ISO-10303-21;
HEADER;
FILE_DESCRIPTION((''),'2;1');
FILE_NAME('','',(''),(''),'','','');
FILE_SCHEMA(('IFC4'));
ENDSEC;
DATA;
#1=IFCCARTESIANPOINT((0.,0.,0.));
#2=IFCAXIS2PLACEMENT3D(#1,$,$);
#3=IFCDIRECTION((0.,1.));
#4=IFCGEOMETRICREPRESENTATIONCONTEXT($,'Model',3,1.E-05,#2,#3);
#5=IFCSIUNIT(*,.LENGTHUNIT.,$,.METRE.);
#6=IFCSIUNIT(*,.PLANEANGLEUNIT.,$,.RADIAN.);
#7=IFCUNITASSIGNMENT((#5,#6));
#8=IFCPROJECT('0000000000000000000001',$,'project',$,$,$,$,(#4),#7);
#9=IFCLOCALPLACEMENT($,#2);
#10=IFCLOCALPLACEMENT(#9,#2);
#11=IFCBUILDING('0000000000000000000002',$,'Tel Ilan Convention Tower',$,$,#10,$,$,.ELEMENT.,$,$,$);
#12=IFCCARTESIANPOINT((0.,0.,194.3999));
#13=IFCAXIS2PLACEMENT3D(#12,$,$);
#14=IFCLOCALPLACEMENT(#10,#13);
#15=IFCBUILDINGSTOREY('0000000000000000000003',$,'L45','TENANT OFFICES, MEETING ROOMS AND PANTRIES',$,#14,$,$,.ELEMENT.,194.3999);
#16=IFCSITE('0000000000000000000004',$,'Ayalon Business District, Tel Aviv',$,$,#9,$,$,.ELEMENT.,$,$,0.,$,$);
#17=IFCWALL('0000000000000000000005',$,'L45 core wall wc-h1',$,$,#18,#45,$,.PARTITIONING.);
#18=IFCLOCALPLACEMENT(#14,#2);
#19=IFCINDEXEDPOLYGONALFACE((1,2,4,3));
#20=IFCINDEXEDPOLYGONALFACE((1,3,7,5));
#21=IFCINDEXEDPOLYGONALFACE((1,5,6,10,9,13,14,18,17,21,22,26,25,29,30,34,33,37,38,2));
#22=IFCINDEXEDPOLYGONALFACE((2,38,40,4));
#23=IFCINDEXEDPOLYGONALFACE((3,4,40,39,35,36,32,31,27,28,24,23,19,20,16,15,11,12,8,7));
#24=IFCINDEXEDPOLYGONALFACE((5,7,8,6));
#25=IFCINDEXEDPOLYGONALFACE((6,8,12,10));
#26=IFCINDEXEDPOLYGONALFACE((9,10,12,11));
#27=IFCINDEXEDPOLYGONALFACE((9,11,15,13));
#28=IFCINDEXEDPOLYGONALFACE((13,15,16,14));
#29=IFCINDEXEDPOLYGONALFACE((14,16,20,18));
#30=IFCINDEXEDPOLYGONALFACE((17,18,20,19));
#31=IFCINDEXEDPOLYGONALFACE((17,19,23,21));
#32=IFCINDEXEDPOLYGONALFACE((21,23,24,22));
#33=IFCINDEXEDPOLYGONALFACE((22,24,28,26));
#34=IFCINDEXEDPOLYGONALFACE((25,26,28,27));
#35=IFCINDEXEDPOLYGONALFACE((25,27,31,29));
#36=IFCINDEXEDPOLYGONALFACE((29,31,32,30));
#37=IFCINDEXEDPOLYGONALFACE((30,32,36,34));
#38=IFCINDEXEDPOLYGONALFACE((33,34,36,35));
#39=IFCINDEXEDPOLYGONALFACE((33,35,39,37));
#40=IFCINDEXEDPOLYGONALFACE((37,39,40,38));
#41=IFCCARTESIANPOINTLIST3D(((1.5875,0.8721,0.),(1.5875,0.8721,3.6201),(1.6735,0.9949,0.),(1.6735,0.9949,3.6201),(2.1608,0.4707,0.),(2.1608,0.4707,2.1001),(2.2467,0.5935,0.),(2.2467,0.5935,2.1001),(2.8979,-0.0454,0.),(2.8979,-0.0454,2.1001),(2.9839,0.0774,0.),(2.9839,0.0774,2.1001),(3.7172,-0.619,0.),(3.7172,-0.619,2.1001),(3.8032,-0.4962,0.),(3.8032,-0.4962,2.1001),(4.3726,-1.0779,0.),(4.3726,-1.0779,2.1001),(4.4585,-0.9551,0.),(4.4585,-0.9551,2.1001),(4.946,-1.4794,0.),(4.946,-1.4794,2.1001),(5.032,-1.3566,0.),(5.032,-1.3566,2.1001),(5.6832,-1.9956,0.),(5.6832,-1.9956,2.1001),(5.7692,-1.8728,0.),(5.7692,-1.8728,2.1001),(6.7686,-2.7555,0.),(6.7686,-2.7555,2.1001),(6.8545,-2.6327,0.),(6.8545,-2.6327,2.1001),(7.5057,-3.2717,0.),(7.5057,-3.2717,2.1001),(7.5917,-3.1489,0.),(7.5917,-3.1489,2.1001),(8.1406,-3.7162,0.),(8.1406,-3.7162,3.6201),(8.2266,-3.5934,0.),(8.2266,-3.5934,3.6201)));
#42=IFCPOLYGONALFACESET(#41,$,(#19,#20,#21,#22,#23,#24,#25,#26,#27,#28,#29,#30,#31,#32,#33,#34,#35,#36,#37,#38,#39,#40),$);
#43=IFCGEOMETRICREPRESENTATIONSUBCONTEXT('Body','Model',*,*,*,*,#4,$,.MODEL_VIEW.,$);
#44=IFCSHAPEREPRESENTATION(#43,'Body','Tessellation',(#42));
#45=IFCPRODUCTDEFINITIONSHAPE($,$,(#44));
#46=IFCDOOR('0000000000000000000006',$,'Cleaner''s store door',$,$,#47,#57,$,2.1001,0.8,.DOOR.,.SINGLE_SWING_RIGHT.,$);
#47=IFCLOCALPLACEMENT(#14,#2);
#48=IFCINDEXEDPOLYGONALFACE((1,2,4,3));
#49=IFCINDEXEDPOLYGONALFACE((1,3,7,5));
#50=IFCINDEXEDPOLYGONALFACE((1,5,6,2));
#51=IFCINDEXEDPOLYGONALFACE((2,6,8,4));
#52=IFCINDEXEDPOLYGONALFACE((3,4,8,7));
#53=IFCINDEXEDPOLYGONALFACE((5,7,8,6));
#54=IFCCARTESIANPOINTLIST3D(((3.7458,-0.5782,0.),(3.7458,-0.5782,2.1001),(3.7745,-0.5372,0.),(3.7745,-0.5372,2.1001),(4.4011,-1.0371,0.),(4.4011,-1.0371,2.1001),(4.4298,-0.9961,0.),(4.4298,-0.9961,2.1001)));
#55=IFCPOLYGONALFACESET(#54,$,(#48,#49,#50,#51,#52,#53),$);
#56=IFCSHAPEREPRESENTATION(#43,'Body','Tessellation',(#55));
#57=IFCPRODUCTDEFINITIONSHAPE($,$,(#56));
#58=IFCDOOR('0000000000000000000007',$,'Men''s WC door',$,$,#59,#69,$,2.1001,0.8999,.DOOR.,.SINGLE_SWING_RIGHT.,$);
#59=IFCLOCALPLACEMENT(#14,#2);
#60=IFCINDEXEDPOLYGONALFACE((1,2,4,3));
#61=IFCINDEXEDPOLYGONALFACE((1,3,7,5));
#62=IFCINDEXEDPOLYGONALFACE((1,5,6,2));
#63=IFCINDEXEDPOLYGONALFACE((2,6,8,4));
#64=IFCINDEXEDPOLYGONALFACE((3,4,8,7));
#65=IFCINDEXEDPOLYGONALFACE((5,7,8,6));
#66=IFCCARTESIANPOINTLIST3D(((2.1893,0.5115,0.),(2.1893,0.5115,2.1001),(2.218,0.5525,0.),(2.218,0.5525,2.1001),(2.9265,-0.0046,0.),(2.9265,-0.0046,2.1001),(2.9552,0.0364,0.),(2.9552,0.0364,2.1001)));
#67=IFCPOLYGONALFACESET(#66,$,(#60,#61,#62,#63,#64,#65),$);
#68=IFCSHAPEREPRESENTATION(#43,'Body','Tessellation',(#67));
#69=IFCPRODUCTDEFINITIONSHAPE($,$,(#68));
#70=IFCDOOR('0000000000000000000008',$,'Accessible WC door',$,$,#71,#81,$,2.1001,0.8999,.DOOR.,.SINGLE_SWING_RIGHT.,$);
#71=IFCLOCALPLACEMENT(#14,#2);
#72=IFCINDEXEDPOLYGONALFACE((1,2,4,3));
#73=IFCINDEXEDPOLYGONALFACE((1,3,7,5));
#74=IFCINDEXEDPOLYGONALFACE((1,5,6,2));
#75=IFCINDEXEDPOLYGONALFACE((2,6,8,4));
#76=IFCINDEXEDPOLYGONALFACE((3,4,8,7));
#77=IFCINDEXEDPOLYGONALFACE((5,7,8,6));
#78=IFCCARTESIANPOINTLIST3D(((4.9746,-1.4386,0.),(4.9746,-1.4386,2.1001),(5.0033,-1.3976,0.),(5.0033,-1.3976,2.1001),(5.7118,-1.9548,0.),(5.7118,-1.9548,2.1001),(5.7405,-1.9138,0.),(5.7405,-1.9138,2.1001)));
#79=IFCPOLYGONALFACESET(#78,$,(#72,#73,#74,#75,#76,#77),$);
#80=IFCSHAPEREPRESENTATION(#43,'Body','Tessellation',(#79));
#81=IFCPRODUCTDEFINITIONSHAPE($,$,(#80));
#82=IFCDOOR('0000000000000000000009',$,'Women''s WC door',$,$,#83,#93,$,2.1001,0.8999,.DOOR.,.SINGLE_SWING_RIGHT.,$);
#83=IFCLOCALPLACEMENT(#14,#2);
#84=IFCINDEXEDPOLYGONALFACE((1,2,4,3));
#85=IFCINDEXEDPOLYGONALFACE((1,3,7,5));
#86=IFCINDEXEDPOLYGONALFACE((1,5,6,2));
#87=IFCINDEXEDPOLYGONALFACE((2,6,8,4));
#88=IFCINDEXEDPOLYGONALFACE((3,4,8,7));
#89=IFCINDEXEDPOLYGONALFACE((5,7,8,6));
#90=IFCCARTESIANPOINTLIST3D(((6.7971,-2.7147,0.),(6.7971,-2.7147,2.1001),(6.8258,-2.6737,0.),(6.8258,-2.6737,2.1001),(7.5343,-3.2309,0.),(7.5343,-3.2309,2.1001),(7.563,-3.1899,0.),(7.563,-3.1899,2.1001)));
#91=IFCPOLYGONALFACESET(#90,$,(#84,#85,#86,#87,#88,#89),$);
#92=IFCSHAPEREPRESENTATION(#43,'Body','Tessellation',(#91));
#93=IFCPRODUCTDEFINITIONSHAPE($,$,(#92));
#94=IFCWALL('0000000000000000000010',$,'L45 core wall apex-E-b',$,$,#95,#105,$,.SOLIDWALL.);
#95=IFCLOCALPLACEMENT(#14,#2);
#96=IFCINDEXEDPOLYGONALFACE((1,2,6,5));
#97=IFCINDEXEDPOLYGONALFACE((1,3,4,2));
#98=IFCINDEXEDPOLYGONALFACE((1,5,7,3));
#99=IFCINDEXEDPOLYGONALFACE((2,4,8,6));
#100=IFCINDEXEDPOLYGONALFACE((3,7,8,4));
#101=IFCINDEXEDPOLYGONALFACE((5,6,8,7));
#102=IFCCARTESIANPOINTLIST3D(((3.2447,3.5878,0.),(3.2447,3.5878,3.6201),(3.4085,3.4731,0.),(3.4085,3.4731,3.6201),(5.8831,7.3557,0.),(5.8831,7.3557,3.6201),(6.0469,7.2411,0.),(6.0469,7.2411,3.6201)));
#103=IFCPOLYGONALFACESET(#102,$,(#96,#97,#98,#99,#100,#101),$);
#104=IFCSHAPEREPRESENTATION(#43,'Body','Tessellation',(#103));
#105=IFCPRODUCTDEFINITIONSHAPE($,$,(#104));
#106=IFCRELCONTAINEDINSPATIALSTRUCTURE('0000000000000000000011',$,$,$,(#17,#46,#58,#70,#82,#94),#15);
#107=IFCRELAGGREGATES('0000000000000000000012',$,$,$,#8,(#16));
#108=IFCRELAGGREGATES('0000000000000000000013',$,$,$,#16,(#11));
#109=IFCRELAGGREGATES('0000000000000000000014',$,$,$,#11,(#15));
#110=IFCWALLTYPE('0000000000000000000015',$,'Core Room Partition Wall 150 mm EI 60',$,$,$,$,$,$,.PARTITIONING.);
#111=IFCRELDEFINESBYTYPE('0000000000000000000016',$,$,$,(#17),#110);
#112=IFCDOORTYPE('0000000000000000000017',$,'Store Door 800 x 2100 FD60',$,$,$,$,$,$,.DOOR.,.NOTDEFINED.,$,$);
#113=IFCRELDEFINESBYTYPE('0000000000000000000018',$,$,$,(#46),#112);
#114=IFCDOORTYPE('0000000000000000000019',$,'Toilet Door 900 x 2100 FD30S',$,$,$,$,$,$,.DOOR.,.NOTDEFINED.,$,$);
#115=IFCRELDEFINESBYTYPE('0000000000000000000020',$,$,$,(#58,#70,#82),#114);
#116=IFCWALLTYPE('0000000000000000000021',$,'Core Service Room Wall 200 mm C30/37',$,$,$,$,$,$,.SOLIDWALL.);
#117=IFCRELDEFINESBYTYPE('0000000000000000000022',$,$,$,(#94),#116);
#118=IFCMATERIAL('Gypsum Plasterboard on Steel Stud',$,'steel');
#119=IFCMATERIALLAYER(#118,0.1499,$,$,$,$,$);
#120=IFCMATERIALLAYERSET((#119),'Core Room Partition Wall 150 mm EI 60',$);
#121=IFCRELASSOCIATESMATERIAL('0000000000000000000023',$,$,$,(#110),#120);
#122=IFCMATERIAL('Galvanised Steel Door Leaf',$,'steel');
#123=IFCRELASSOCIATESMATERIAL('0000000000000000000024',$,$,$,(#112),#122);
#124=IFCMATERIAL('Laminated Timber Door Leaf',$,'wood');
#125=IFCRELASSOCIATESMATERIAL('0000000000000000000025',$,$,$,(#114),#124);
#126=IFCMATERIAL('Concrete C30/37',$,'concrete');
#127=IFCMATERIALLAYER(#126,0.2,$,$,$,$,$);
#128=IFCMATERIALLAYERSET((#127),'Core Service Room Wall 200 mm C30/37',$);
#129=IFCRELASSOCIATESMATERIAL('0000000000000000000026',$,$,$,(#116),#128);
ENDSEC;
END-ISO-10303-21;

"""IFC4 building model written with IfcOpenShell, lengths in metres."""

from ifc_helpers import new_model, si_unit, direction, frame, frame_2d, origin, place, context, subcontext, project, spatial, rectangle, extrude, material, layer, layer_set, type_object, element, fill, save


model = new_model("IFC4")

# Units and contexts
model_context = context("Model", 3, precision=1e-05, world=origin(), true_north=direction((0.0, 1.0)))
body_context = subcontext(model_context, "Body", "Model", "MODEL_VIEW")
ifc_project = project(units=[si_unit("LENGTHUNIT", "METRE"), si_unit("PLANEANGLEUNIT", "RADIAN")], contexts=[model_context])

# Site, building, storey
site_placement = place(None, origin())
site = spatial("IfcSite", under=ifc_project, at=site_placement, Name="Ayalon Business District, Tel Aviv", CompositionType="ELEMENT", RefElevation=0.0)
building_placement = place(site_placement, origin())
building = spatial("IfcBuilding", under=site, at=building_placement, Name="Tel Ilan Convention Tower", CompositionType="ELEMENT")
storey_placement = place(building_placement, frame((0.0, 0.0, 194.3999)))
storey = spatial("IfcBuildingStorey", under=building, at=storey_placement, Name="L45", Description="TENANT OFFICES, MEETING ROOMS AND PANTRIES", CompositionType="ELEMENT", Elevation=194.3999)

# Wall, openings, doors
ifc_material_1 = material(Name="Gypsum Plasterboard on Steel Stud", Category="steel")
ifc_layer_1 = layer(ifc_material_1, 0.1499)
ifc_layer_set_1 = layer_set([ifc_layer_1], Name="Core Room Partition Wall 150 mm EI 60")
wall_type_1 = type_object("IfcWallType", Name="Core Room Partition Wall 150 mm EI 60", PredefinedType="PARTITIONING", material=ifc_layer_set_1)
wall_1_placement = place(storey_placement, frame((1.6304, 0.9336, 0.0), z_axis=(0.0, 0.0, 1.0), x_axis=(0.819166, -0.573557, 0.0)))
wall_1 = element("IfcWall", 1, at=wall_1_placement, inside=storey, type_object=wall_type_1, Name="L45 core wall wc-h1", PredefinedType="PARTITIONING", context=body_context, shape_type="SweptSolid", body=[
    extrude(rectangle(XDim=7.9998, YDim=0.1499, at=frame_2d((4.0, 0.0))), origin(), (0.0, 0.0, 1.0), 3.6201),
])
opening_1_placement = place(wall_1_placement, frame((0.7, 0.0, 0.0)))
opening_1 = element("IfcOpeningElement", 2, at=opening_1_placement, cuts=wall_1, PredefinedType="OPENING", context=body_context, shape_type="SweptSolid", body=[
    extrude(rectangle(XDim=0.8999, YDim=2.1001, at=frame_2d((0.45, 1.05))), frame((0.0, 0.085, 0.0), z_axis=(0.0, -1.0, 0.0), x_axis=(1.0, 0.0, 0.0)), (0.0, 0.0, 1.0), 0.1699),
])
opening_2_placement = place(wall_1_placement, frame((2.6001, 0.0, 0.0)))
opening_2 = element("IfcOpeningElement", 3, at=opening_2_placement, cuts=wall_1, PredefinedType="OPENING", context=body_context, shape_type="SweptSolid", body=[
    extrude(rectangle(XDim=0.8, YDim=2.1001, at=frame_2d((0.3999, 1.05))), frame((0.0, 0.085, 0.0), z_axis=(0.0, -1.0, 0.0), x_axis=(1.0, 0.0, 0.0)), (0.0, 0.0, 1.0), 0.1699),
])
opening_3_placement = place(wall_1_placement, frame((4.1001, 0.0, 0.0)))
opening_3 = element("IfcOpeningElement", 4, at=opening_3_placement, cuts=wall_1, PredefinedType="OPENING", context=body_context, shape_type="SweptSolid", body=[
    extrude(rectangle(XDim=0.8999, YDim=2.1001, at=frame_2d((0.45, 1.05))), frame((0.0, 0.085, 0.0), z_axis=(0.0, -1.0, 0.0), x_axis=(1.0, 0.0, 0.0)), (0.0, 0.0, 1.0), 0.1699),
])
opening_4_placement = place(wall_1_placement, frame((6.325, 0.0, 0.0)))
opening_4 = element("IfcOpeningElement", 5, at=opening_4_placement, cuts=wall_1, PredefinedType="OPENING", context=body_context, shape_type="SweptSolid", body=[
    extrude(rectangle(XDim=0.8999, YDim=2.1001, at=frame_2d((0.45, 1.05))), frame((0.0, 0.085, 0.0), z_axis=(0.0, -1.0, 0.0), x_axis=(1.0, 0.0, 0.0)), (0.0, 0.0, 1.0), 0.1699),
])
ifc_material_2 = material(Name="Galvanised Steel Door Leaf", Category="steel")
door_type_1 = type_object("IfcDoorType", Name="Store Door 800 x 2100 FD60", OperationType="NOTDEFINED", PredefinedType="DOOR", material=ifc_material_2)
door_1_placement = place(opening_2_placement, origin())
door_1 = element("IfcDoor", 6, at=door_1_placement, inside=storey, type_object=door_type_1, Name="Cleaner's store door", OperationType="SINGLE_SWING_RIGHT", OverallHeight=2.1001, OverallWidth=0.8, PredefinedType="DOOR", context=body_context, shape_type="SweptSolid", body=[
    extrude(rectangle(XDim=0.8, YDim=2.1001, at=frame_2d((0.3999, 1.05))), frame((0.0, 0.0249, 0.0), z_axis=(0.0, -1.0, 0.0), x_axis=(1.0, 0.0, 0.0)), (0.0, 0.0, 1.0), 0.05),
])
fill(opening_2, door_1)
ifc_material_3 = material(Name="Laminated Timber Door Leaf", Category="wood")
door_type_2 = type_object("IfcDoorType", Name="Toilet Door 900 x 2100 FD30S", OperationType="NOTDEFINED", PredefinedType="DOOR", material=ifc_material_3)
door_2_placement = place(opening_1_placement, origin())
door_2 = element("IfcDoor", 7, at=door_2_placement, inside=storey, type_object=door_type_2, Name="Men's WC door", OperationType="SINGLE_SWING_RIGHT", OverallHeight=2.1001, OverallWidth=0.8999, PredefinedType="DOOR", context=body_context, shape_type="SweptSolid", body=[
    extrude(rectangle(XDim=0.8999, YDim=2.1001, at=frame_2d((0.45, 1.05))), frame((0.0, 0.0249, 0.0), z_axis=(0.0, -1.0, 0.0), x_axis=(1.0, 0.0, 0.0)), (0.0, 0.0, 1.0), 0.05),
])
fill(opening_1, door_2)
door_3_placement = place(opening_3_placement, origin())
door_3 = element("IfcDoor", 8, at=door_3_placement, inside=storey, type_object=door_type_2, Name="Accessible WC door", OperationType="SINGLE_SWING_RIGHT", OverallHeight=2.1001, OverallWidth=0.8999, PredefinedType="DOOR", context=body_context, shape_type="SweptSolid", body=[
    extrude(rectangle(XDim=0.8999, YDim=2.1001, at=frame_2d((0.45, 1.05))), frame((0.0, 0.0249, 0.0), z_axis=(0.0, -1.0, 0.0), x_axis=(1.0, 0.0, 0.0)), (0.0, 0.0, 1.0), 0.05),
])
fill(opening_3, door_3)
door_4_placement = place(opening_4_placement, origin())
door_4 = element("IfcDoor", 9, at=door_4_placement, inside=storey, type_object=door_type_2, Name="Women's WC door", OperationType="SINGLE_SWING_RIGHT", OverallHeight=2.1001, OverallWidth=0.8999, PredefinedType="DOOR", context=body_context, shape_type="SweptSolid", body=[
    extrude(rectangle(XDim=0.8999, YDim=2.1001, at=frame_2d((0.45, 1.05))), frame((0.0, 0.0249, 0.0), z_axis=(0.0, -1.0, 0.0), x_axis=(1.0, 0.0, 0.0)), (0.0, 0.0, 1.0), 0.05),
])
fill(opening_4, door_4)

# Wall
ifc_material_4 = material(Name="Concrete C30/37", Category="concrete")
ifc_layer_2 = layer(ifc_material_4, 0.2)
ifc_layer_set_2 = layer_set([ifc_layer_2], Name="Core Service Room Wall 200 mm C30/37")
wall_type_2 = type_object("IfcWallType", Name="Core Service Room Wall 200 mm C30/37", PredefinedType="SOLIDWALL", material=ifc_layer_set_2)
wall_2_placement = place(storey_placement, frame((3.3267, 3.5305, 0.0), z_axis=(0.0, 0.0, 1.0), x_axis=(0.573576, 0.819152, 0.0)))
element("IfcWall", 10, at=wall_2_placement, inside=storey, type_object=wall_type_2, Name="L45 core wall apex-E-b", PredefinedType="SOLIDWALL", context=body_context, shape_type="SweptSolid", body=[
    extrude(rectangle(XDim=4.5999, YDim=0.2, at=frame_2d((2.2998, 0.0))), origin(), (0.0, 0.0, 1.0), 3.6201),
])

save(model, "model.ifc")
